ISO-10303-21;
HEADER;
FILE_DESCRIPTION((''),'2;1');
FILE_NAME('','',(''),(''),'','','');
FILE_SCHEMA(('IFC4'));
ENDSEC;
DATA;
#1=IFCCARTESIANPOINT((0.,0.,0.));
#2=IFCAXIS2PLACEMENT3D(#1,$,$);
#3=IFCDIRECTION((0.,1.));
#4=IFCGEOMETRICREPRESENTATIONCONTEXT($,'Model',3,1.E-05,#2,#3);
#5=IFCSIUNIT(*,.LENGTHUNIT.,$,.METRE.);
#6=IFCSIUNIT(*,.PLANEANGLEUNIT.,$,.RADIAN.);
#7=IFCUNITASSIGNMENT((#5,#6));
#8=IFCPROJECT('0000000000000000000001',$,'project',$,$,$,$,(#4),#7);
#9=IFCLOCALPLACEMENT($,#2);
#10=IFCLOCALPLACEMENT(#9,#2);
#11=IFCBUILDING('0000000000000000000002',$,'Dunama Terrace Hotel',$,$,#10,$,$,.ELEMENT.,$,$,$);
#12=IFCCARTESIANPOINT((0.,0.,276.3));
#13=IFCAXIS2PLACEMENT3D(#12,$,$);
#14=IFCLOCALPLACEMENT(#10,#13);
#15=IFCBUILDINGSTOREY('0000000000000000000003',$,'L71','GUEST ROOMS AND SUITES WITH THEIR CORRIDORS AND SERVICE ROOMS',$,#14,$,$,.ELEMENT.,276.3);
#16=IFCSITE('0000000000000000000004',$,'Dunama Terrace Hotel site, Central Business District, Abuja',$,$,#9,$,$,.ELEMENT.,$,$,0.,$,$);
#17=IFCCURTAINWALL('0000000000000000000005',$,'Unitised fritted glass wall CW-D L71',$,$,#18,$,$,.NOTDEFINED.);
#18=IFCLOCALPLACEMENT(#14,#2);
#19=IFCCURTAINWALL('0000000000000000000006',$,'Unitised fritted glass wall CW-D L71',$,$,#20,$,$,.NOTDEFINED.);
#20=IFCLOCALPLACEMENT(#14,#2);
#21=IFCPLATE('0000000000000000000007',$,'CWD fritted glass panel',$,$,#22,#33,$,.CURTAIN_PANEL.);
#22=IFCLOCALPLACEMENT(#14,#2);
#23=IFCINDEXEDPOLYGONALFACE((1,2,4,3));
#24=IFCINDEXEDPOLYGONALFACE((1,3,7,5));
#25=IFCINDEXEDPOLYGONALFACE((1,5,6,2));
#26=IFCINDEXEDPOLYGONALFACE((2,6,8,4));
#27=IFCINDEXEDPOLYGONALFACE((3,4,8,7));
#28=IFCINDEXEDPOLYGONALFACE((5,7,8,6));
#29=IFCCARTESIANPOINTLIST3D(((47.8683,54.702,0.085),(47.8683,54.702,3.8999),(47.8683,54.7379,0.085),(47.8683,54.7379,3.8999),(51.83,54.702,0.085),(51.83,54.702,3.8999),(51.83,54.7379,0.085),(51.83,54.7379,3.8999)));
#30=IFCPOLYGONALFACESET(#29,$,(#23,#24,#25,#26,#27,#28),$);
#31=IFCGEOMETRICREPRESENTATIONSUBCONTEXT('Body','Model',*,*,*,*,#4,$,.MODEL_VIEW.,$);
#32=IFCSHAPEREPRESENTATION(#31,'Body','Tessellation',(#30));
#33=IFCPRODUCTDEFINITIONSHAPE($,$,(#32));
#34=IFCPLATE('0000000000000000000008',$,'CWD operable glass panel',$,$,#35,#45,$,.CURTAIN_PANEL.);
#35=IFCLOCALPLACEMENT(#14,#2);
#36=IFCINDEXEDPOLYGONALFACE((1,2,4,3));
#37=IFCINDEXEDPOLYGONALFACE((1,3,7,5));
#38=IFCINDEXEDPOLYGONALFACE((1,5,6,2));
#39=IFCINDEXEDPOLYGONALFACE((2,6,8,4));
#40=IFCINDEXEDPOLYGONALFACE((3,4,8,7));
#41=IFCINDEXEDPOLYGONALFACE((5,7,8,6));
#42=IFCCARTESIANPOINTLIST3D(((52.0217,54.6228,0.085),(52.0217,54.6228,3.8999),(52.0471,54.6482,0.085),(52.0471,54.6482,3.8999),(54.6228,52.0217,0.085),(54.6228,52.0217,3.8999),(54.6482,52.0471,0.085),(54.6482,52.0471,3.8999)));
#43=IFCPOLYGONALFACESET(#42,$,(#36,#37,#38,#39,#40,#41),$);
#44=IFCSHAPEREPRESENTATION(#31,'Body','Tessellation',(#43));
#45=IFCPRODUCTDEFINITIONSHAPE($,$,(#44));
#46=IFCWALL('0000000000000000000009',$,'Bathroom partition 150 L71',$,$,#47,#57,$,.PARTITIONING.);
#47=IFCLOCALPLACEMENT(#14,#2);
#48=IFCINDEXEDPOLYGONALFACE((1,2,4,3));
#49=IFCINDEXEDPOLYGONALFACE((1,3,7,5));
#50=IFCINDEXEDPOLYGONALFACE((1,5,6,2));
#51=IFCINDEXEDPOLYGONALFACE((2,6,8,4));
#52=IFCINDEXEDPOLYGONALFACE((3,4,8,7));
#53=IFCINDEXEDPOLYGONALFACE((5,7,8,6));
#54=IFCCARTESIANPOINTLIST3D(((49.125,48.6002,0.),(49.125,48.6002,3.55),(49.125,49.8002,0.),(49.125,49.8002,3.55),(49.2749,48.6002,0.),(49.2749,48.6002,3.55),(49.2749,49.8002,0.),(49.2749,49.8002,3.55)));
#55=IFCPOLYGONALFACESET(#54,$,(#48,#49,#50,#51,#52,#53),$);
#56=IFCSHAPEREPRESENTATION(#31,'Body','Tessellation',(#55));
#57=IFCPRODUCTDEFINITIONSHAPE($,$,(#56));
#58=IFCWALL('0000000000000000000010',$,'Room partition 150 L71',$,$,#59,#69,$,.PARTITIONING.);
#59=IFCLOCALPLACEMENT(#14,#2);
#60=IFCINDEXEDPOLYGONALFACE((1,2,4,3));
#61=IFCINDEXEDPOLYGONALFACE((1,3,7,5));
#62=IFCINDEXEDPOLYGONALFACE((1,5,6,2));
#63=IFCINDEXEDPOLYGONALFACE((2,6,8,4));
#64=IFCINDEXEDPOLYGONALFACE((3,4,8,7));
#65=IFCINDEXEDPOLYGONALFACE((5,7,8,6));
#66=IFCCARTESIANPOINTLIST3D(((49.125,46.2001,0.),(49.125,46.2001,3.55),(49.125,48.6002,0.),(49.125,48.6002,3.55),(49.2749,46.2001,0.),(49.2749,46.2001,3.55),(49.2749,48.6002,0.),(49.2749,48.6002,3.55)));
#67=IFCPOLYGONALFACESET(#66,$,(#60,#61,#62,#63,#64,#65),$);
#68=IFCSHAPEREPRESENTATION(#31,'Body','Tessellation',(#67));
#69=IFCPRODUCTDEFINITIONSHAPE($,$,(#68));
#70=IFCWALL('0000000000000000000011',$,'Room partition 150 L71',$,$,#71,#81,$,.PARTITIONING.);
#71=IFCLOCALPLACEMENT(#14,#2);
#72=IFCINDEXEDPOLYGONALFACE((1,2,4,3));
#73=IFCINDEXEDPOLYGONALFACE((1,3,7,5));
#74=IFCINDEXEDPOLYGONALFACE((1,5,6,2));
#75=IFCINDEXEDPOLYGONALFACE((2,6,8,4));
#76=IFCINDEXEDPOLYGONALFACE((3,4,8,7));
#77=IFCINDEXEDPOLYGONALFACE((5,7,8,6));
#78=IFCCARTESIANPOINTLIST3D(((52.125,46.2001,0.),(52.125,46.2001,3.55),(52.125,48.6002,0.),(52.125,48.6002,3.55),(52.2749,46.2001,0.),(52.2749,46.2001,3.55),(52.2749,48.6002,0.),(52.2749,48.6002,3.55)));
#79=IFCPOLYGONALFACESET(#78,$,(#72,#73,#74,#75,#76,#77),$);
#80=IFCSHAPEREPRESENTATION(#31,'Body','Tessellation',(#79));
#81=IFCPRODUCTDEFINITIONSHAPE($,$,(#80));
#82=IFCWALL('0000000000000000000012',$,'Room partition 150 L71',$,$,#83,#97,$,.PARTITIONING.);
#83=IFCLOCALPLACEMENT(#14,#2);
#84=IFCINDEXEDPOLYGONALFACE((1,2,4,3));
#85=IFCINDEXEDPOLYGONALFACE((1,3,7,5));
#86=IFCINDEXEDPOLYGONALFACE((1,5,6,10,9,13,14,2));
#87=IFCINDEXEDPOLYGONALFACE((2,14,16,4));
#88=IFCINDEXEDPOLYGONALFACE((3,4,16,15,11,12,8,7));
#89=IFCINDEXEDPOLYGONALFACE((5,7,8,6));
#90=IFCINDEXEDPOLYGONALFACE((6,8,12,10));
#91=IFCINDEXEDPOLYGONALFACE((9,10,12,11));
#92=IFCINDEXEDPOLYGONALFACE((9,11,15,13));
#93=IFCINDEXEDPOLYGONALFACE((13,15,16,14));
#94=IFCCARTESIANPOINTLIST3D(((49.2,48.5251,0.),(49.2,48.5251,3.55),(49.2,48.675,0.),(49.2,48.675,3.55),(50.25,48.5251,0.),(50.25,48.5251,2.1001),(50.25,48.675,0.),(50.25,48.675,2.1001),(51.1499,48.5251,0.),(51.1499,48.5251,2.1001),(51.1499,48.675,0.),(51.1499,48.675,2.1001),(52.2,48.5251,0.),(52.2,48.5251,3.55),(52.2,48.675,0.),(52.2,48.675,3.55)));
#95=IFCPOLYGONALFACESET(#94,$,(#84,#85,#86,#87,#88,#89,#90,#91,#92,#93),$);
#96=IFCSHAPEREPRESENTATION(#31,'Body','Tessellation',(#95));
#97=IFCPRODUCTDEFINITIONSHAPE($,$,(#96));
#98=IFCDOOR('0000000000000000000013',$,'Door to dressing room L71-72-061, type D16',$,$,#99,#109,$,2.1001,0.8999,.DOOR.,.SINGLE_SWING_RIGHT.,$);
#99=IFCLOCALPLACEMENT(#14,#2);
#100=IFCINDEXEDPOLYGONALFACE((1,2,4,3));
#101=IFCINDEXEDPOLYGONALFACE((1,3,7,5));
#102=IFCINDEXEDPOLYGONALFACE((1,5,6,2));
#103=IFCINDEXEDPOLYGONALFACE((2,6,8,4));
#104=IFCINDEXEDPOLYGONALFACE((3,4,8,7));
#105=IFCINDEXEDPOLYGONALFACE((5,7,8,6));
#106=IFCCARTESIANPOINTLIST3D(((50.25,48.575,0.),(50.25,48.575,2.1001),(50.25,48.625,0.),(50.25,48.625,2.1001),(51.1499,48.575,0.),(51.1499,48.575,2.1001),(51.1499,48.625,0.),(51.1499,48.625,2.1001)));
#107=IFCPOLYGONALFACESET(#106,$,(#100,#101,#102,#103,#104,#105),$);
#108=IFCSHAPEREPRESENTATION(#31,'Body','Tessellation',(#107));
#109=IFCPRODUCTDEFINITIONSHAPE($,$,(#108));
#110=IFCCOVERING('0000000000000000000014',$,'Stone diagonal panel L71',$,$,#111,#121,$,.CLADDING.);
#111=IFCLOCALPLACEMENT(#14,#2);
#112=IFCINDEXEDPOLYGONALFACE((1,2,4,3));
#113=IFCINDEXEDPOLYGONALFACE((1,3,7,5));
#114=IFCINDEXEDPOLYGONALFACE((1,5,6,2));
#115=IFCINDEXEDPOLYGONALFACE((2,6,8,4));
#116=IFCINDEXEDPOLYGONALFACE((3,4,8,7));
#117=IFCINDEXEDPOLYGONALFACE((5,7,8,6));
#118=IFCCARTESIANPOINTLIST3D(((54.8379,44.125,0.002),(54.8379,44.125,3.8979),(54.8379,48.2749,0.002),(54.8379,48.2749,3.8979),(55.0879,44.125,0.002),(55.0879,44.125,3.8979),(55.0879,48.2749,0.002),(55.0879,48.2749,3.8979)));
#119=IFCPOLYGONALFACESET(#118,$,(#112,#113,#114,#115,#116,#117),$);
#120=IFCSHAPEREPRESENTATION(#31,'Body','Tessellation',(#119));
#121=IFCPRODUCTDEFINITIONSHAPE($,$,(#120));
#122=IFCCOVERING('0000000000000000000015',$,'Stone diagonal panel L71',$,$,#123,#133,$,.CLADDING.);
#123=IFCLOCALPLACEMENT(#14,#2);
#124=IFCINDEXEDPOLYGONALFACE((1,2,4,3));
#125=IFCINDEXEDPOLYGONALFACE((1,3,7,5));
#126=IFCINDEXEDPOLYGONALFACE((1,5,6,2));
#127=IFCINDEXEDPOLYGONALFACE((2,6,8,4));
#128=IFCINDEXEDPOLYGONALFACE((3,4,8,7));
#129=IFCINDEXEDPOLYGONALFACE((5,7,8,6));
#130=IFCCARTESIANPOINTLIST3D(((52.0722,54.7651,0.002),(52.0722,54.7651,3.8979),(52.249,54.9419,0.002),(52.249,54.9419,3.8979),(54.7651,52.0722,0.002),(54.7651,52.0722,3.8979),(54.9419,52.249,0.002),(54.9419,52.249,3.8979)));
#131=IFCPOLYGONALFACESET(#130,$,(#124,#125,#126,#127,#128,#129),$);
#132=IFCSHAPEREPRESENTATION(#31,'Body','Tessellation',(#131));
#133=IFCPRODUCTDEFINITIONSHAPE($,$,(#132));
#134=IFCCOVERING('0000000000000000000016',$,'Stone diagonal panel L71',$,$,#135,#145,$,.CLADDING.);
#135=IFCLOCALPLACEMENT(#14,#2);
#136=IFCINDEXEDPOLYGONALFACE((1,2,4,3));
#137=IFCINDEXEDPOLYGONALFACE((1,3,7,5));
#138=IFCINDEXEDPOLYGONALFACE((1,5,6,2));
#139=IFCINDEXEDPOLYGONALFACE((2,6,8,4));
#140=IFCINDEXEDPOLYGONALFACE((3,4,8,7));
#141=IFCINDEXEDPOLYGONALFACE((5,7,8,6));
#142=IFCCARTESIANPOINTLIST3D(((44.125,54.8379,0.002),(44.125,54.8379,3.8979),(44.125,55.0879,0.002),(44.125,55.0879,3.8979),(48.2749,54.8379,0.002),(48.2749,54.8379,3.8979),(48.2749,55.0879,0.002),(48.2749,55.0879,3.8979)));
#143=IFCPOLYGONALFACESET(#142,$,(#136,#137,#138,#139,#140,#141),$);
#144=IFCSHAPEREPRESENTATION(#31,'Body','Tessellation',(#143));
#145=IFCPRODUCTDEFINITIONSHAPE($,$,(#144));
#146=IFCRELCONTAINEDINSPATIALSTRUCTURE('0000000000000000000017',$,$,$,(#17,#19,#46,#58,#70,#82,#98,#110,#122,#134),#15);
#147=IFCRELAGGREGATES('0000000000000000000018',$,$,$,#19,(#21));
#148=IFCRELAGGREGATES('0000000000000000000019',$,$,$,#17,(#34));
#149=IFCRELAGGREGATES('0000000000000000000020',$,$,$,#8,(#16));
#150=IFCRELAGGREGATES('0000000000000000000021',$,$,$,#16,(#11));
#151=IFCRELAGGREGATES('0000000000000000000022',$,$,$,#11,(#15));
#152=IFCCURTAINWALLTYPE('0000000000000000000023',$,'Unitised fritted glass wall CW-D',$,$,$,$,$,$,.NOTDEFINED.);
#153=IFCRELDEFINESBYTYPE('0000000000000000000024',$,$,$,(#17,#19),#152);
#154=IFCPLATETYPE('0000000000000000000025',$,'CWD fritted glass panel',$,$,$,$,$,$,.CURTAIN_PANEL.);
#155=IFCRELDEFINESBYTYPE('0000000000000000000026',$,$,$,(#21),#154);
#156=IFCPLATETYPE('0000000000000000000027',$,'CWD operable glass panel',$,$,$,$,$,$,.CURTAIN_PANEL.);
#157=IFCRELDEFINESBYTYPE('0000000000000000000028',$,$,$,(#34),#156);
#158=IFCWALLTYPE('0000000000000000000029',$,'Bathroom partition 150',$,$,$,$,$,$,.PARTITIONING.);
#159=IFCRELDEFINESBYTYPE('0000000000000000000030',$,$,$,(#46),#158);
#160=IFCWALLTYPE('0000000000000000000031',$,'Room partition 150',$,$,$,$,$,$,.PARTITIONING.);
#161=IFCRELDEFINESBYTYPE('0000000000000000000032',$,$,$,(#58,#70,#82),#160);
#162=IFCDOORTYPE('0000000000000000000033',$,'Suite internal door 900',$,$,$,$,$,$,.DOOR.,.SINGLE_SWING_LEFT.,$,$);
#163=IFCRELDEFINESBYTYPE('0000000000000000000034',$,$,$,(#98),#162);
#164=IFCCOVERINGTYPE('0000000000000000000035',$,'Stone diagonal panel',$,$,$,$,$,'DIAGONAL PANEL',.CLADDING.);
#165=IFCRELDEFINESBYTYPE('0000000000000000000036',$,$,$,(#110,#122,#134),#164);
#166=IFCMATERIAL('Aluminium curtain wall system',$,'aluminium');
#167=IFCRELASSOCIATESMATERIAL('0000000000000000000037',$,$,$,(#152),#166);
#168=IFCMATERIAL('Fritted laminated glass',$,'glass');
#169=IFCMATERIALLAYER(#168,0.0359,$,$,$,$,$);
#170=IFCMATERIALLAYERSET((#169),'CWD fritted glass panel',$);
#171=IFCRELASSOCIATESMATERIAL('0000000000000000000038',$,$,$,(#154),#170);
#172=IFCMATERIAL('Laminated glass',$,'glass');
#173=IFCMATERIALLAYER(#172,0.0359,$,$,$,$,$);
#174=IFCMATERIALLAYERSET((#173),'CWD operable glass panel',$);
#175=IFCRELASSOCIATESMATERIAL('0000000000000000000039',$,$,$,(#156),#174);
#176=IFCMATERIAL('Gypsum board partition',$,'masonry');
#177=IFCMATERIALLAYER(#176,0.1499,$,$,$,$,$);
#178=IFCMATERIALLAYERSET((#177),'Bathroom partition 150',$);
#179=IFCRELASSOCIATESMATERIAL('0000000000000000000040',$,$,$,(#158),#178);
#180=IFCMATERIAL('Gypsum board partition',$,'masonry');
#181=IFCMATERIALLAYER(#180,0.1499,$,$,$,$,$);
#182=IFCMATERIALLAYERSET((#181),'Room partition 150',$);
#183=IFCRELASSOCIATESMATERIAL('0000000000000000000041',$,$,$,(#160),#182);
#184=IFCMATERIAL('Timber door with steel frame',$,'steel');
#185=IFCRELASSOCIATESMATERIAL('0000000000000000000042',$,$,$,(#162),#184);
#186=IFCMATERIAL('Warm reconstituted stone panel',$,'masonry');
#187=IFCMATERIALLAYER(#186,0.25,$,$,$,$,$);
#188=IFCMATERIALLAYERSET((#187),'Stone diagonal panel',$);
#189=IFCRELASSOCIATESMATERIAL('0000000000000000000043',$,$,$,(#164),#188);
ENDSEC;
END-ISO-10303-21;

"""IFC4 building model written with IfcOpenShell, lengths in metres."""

from ifc_helpers import new_model, si_unit, direction, frame, frame_2d, origin, origin_2d, place, context, subcontext, project, spatial, rectangle, extrude, material, layer, layer_set, type_object, element, fill, aggregate, save


model = new_model("IFC4")

# Units and contexts
model_context = context("Model", 3, precision=1e-05, world=origin(), true_north=direction((0.0, 1.0)))
body_context = subcontext(model_context, "Body", "Model", "MODEL_VIEW")
ifc_project = project(units=[si_unit("LENGTHUNIT", "METRE"), si_unit("PLANEANGLEUNIT", "RADIAN")], contexts=[model_context])

# Site, building, storey
site_placement = place(None, origin())
site = spatial("IfcSite", under=ifc_project, at=site_placement, Name="Dunama Terrace Hotel site, Central Business District, Abuja", CompositionType="ELEMENT", RefElevation=0.0)
building_placement = place(site_placement, origin())
building = spatial("IfcBuilding", under=site, at=building_placement, Name="Dunama Terrace Hotel", CompositionType="ELEMENT")
storey_placement = place(building_placement, frame((0.0, 0.0, 276.3)))
storey = spatial("IfcBuildingStorey", under=building, at=storey_placement, Name="L71", Description="GUEST ROOMS AND SUITES WITH THEIR CORRIDORS AND SERVICE ROOMS", CompositionType="ELEMENT", Elevation=276.3)

# Curtain walls
ifc_material_1 = material(Name="Aluminium curtain wall system", Category="aluminium")
curtain_wall_type = type_object("IfcCurtainWallType", Name="Unitised fritted glass wall CW-D", PredefinedType="NOTDEFINED", material=ifc_material_1)
curtain_wall_1_placement = place(storey_placement, origin())
curtain_wall_1 = element("IfcCurtainWall", 1, at=curtain_wall_1_placement, inside=storey, type_object=curtain_wall_type, Name="Unitised fritted glass wall CW-D L71", PredefinedType="NOTDEFINED")
curtain_wall_2_placement = place(storey_placement, origin())
curtain_wall_2 = element("IfcCurtainWall", 2, at=curtain_wall_2_placement, inside=storey, type_object=curtain_wall_type, Name="Unitised fritted glass wall CW-D L71", PredefinedType="NOTDEFINED")

# Plates
ifc_material_2 = material(Name="Fritted laminated glass", Category="glass")
ifc_layer_1 = layer(ifc_material_2, 0.0359)
ifc_layer_set_1 = layer_set([ifc_layer_1], Name="CWD fritted glass panel")
plate_type_1 = type_object("IfcPlateType", Name="CWD fritted glass panel", PredefinedType="CURTAIN_PANEL", material=ifc_layer_set_1)
plate_1_placement = place(storey_placement, frame((49.8491, 54.72, 0.085), z_axis=(0.0, 0.0, 1.0), x_axis=(-1.0, 0.0, 0.0)))
plate_1 = element("IfcPlate", 3, at=plate_1_placement, type_object=plate_type_1, Name="CWD fritted glass panel", PredefinedType="CURTAIN_PANEL", context=body_context, shape_type="SweptSolid", body=[
    extrude(rectangle(XDim=3.9617, YDim=0.0359, at=origin_2d()), origin(), (0.0, 0.0, 1.0), 3.8149),
])
aggregate(curtain_wall_2, [plate_1])
ifc_material_3 = material(Name="Laminated glass", Category="glass")
ifc_layer_2 = layer(ifc_material_3, 0.0359)
ifc_layer_set_2 = layer_set([ifc_layer_2], Name="CWD operable glass panel")
plate_type_2 = type_object("IfcPlateType", Name="CWD operable glass panel", PredefinedType="CURTAIN_PANEL", material=ifc_layer_set_2)
plate_2_placement = place(storey_placement, frame((53.335, 53.335, 0.085), z_axis=(0.0, 0.0, 1.0), x_axis=(-0.707107, 0.707107, 0.0)))
plate_2 = element("IfcPlate", 4, at=plate_2_placement, type_object=plate_type_2, Name="CWD operable glass panel", PredefinedType="CURTAIN_PANEL", context=body_context, shape_type="SweptSolid", body=[
    extrude(rectangle(XDim=3.6785, YDim=0.0359, at=origin_2d()), origin(), (0.0, 0.0, 1.0), 3.8149),
])
aggregate(curtain_wall_1, [plate_2])

# Walls
ifc_material_4 = material(Name="Gypsum board partition", Category="masonry")
ifc_layer_3 = layer(ifc_material_4, 0.1499)
ifc_layer_set_3 = layer_set([ifc_layer_3], Name="Bathroom partition 150")
wall_type_1 = type_object("IfcWallType", Name="Bathroom partition 150", PredefinedType="PARTITIONING", material=ifc_layer_set_3)
wall_1_placement = place(storey_placement, frame((49.2, 48.6001, 0.0), z_axis=(0.0, 0.0, 1.0), x_axis=(0.0, 1.0, 0.0)))
element("IfcWall", 5, at=wall_1_placement, inside=storey, type_object=wall_type_1, Name="Bathroom partition 150 L71", PredefinedType="PARTITIONING", context=body_context, shape_type="SweptSolid", body=[
    extrude(rectangle(XDim=1.2, YDim=0.1499, at=frame_2d((0.6001, 0.0))), origin(), (0.0, 0.0, 1.0), 3.55),
])
ifc_material_5 = material(Name="Gypsum board partition", Category="masonry")
ifc_layer_4 = layer(ifc_material_5, 0.1499)
ifc_layer_set_4 = layer_set([ifc_layer_4], Name="Room partition 150")
wall_type_2 = type_object("IfcWallType", Name="Room partition 150", PredefinedType="PARTITIONING", material=ifc_layer_set_4)
for number, where, z_axis, x_axis, name in (
    (6, (49.2, 46.2, 0.0), (0.0, 0.0, 1.0), (0.0, 1.0, 0.0), "Room partition 150 L71"),
    (7, (52.2, 46.2, 0.0), (0.0, 0.0, 1.0), (0.0, 1.0, 0.0), "Room partition 150 L71"),
):
    element("IfcWall", number, at=place(storey_placement, frame(where, z_axis=z_axis, x_axis=x_axis)), inside=storey, type_object=wall_type_2, Name=name, PredefinedType="PARTITIONING", context=body_context, shape_type="SweptSolid", body=[
        extrude(rectangle(XDim=2.4001, YDim=0.1499, at=frame_2d((1.2002, 0.0))), origin(), (0.0, 0.0, 1.0), 3.55),
    ])

# Wall, opening, door
wall_2_placement = place(storey_placement, frame((49.2, 48.6001, 0.0), z_axis=(0.0, 0.0, 1.0), x_axis=(1.0, 0.0, 0.0)))
wall_2 = element("IfcWall", 8, at=wall_2_placement, inside=storey, type_object=wall_type_2, Name="Room partition 150 L71", PredefinedType="PARTITIONING", context=body_context, shape_type="SweptSolid", body=[
    extrude(rectangle(XDim=3.0, YDim=0.1499, at=frame_2d((1.5, 0.0))), origin(), (0.0, 0.0, 1.0), 3.55),
])
opening_placement = place(wall_2_placement, frame((1.05, 0.0, 0.0)))
opening = element("IfcOpeningElement", 9, at=opening_placement, cuts=wall_2, PredefinedType="OPENING", context=body_context, shape_type="SweptSolid", body=[
    extrude(rectangle(XDim=0.8999, YDim=2.1001, at=frame_2d((0.45, 1.05))), frame((0.0, 0.085, 0.0), z_axis=(0.0, -1.0, 0.0), x_axis=(1.0, 0.0, 0.0)), (0.0, 0.0, 1.0), 0.1699),
])
ifc_material_6 = material(Name="Timber door with steel frame", Category="steel")
door_type = type_object("IfcDoorType", Name="Suite internal door 900", OperationType="SINGLE_SWING_LEFT", PredefinedType="DOOR", material=ifc_material_6)
door_placement = place(opening_placement, frame((0.8999, 0.0, 0.0), z_axis=(0.0, 0.0, 1.0), x_axis=(-1.0, 0.0, 0.0)))
door = element("IfcDoor", 10, at=door_placement, inside=storey, type_object=door_type, Name="Door to dressing room L71-72-061, type D16", OperationType="SINGLE_SWING_RIGHT", OverallHeight=2.1001, OverallWidth=0.8999, PredefinedType="DOOR", context=body_context, shape_type="SweptSolid", body=[
    extrude(rectangle(XDim=0.8999, YDim=2.1001, at=frame_2d((0.45, 1.05))), frame((0.0, 0.0251, 0.0), z_axis=(0.0, -1.0, 0.0), x_axis=(1.0, 0.0, 0.0)), (0.0, 0.0, 1.0), 0.05),
])
fill(opening, door)

# Coverings
ifc_material_7 = material(Name="Warm reconstituted stone panel", Category="masonry")
ifc_layer_5 = layer(ifc_material_7, 0.25)
ifc_layer_set_5 = layer_set([ifc_layer_5], Name="Stone diagonal panel")
covering_type = type_object("IfcCoveringType", Name="Stone diagonal panel", ElementType="DIAGONAL PANEL", PredefinedType="CLADDING", material=ifc_layer_set_5)
covering_1_placement = place(storey_placement, frame((54.9629, 46.2, 0.002), z_axis=(0.0, 0.0, 1.0), x_axis=(0.0, 1.0, 0.0)))
element("IfcCovering", 11, at=covering_1_placement, inside=storey, type_object=covering_type, Name="Stone diagonal panel L71", PredefinedType="CLADDING", context=body_context, shape_type="SweptSolid", body=[
    extrude(rectangle(XDim=4.1499, YDim=0.25, at=origin_2d()), origin(), (0.0, 0.0, 1.0), 3.896),
])
covering_2_placement = place(storey_placement, frame((53.5071, 53.5071, 0.002), z_axis=(0.0, 0.0, 1.0), x_axis=(-0.707107, 0.707107, 0.0)))
element("IfcCovering", 12, at=covering_2_placement, inside=storey, type_object=covering_type, Name="Stone diagonal panel L71", PredefinedType="CLADDING", context=body_context, shape_type="SweptSolid", body=[
    extrude(rectangle(XDim=3.8083, YDim=0.25, at=origin_2d()), origin(), (0.0, 0.0, 1.0), 3.896),
])
covering_3_placement = place(storey_placement, frame((46.2, 54.9629, 0.002), z_axis=(0.0, 0.0, 1.0), x_axis=(-1.0, 0.0, 0.0)))
element("IfcCovering", 13, at=covering_3_placement, inside=storey, type_object=covering_type, Name="Stone diagonal panel L71", PredefinedType="CLADDING", context=body_context, shape_type="SweptSolid", body=[
    extrude(rectangle(XDim=4.1499, YDim=0.25, at=origin_2d()), origin(), (0.0, 0.0, 1.0), 3.896),
])

save(model, "model.ifc")
